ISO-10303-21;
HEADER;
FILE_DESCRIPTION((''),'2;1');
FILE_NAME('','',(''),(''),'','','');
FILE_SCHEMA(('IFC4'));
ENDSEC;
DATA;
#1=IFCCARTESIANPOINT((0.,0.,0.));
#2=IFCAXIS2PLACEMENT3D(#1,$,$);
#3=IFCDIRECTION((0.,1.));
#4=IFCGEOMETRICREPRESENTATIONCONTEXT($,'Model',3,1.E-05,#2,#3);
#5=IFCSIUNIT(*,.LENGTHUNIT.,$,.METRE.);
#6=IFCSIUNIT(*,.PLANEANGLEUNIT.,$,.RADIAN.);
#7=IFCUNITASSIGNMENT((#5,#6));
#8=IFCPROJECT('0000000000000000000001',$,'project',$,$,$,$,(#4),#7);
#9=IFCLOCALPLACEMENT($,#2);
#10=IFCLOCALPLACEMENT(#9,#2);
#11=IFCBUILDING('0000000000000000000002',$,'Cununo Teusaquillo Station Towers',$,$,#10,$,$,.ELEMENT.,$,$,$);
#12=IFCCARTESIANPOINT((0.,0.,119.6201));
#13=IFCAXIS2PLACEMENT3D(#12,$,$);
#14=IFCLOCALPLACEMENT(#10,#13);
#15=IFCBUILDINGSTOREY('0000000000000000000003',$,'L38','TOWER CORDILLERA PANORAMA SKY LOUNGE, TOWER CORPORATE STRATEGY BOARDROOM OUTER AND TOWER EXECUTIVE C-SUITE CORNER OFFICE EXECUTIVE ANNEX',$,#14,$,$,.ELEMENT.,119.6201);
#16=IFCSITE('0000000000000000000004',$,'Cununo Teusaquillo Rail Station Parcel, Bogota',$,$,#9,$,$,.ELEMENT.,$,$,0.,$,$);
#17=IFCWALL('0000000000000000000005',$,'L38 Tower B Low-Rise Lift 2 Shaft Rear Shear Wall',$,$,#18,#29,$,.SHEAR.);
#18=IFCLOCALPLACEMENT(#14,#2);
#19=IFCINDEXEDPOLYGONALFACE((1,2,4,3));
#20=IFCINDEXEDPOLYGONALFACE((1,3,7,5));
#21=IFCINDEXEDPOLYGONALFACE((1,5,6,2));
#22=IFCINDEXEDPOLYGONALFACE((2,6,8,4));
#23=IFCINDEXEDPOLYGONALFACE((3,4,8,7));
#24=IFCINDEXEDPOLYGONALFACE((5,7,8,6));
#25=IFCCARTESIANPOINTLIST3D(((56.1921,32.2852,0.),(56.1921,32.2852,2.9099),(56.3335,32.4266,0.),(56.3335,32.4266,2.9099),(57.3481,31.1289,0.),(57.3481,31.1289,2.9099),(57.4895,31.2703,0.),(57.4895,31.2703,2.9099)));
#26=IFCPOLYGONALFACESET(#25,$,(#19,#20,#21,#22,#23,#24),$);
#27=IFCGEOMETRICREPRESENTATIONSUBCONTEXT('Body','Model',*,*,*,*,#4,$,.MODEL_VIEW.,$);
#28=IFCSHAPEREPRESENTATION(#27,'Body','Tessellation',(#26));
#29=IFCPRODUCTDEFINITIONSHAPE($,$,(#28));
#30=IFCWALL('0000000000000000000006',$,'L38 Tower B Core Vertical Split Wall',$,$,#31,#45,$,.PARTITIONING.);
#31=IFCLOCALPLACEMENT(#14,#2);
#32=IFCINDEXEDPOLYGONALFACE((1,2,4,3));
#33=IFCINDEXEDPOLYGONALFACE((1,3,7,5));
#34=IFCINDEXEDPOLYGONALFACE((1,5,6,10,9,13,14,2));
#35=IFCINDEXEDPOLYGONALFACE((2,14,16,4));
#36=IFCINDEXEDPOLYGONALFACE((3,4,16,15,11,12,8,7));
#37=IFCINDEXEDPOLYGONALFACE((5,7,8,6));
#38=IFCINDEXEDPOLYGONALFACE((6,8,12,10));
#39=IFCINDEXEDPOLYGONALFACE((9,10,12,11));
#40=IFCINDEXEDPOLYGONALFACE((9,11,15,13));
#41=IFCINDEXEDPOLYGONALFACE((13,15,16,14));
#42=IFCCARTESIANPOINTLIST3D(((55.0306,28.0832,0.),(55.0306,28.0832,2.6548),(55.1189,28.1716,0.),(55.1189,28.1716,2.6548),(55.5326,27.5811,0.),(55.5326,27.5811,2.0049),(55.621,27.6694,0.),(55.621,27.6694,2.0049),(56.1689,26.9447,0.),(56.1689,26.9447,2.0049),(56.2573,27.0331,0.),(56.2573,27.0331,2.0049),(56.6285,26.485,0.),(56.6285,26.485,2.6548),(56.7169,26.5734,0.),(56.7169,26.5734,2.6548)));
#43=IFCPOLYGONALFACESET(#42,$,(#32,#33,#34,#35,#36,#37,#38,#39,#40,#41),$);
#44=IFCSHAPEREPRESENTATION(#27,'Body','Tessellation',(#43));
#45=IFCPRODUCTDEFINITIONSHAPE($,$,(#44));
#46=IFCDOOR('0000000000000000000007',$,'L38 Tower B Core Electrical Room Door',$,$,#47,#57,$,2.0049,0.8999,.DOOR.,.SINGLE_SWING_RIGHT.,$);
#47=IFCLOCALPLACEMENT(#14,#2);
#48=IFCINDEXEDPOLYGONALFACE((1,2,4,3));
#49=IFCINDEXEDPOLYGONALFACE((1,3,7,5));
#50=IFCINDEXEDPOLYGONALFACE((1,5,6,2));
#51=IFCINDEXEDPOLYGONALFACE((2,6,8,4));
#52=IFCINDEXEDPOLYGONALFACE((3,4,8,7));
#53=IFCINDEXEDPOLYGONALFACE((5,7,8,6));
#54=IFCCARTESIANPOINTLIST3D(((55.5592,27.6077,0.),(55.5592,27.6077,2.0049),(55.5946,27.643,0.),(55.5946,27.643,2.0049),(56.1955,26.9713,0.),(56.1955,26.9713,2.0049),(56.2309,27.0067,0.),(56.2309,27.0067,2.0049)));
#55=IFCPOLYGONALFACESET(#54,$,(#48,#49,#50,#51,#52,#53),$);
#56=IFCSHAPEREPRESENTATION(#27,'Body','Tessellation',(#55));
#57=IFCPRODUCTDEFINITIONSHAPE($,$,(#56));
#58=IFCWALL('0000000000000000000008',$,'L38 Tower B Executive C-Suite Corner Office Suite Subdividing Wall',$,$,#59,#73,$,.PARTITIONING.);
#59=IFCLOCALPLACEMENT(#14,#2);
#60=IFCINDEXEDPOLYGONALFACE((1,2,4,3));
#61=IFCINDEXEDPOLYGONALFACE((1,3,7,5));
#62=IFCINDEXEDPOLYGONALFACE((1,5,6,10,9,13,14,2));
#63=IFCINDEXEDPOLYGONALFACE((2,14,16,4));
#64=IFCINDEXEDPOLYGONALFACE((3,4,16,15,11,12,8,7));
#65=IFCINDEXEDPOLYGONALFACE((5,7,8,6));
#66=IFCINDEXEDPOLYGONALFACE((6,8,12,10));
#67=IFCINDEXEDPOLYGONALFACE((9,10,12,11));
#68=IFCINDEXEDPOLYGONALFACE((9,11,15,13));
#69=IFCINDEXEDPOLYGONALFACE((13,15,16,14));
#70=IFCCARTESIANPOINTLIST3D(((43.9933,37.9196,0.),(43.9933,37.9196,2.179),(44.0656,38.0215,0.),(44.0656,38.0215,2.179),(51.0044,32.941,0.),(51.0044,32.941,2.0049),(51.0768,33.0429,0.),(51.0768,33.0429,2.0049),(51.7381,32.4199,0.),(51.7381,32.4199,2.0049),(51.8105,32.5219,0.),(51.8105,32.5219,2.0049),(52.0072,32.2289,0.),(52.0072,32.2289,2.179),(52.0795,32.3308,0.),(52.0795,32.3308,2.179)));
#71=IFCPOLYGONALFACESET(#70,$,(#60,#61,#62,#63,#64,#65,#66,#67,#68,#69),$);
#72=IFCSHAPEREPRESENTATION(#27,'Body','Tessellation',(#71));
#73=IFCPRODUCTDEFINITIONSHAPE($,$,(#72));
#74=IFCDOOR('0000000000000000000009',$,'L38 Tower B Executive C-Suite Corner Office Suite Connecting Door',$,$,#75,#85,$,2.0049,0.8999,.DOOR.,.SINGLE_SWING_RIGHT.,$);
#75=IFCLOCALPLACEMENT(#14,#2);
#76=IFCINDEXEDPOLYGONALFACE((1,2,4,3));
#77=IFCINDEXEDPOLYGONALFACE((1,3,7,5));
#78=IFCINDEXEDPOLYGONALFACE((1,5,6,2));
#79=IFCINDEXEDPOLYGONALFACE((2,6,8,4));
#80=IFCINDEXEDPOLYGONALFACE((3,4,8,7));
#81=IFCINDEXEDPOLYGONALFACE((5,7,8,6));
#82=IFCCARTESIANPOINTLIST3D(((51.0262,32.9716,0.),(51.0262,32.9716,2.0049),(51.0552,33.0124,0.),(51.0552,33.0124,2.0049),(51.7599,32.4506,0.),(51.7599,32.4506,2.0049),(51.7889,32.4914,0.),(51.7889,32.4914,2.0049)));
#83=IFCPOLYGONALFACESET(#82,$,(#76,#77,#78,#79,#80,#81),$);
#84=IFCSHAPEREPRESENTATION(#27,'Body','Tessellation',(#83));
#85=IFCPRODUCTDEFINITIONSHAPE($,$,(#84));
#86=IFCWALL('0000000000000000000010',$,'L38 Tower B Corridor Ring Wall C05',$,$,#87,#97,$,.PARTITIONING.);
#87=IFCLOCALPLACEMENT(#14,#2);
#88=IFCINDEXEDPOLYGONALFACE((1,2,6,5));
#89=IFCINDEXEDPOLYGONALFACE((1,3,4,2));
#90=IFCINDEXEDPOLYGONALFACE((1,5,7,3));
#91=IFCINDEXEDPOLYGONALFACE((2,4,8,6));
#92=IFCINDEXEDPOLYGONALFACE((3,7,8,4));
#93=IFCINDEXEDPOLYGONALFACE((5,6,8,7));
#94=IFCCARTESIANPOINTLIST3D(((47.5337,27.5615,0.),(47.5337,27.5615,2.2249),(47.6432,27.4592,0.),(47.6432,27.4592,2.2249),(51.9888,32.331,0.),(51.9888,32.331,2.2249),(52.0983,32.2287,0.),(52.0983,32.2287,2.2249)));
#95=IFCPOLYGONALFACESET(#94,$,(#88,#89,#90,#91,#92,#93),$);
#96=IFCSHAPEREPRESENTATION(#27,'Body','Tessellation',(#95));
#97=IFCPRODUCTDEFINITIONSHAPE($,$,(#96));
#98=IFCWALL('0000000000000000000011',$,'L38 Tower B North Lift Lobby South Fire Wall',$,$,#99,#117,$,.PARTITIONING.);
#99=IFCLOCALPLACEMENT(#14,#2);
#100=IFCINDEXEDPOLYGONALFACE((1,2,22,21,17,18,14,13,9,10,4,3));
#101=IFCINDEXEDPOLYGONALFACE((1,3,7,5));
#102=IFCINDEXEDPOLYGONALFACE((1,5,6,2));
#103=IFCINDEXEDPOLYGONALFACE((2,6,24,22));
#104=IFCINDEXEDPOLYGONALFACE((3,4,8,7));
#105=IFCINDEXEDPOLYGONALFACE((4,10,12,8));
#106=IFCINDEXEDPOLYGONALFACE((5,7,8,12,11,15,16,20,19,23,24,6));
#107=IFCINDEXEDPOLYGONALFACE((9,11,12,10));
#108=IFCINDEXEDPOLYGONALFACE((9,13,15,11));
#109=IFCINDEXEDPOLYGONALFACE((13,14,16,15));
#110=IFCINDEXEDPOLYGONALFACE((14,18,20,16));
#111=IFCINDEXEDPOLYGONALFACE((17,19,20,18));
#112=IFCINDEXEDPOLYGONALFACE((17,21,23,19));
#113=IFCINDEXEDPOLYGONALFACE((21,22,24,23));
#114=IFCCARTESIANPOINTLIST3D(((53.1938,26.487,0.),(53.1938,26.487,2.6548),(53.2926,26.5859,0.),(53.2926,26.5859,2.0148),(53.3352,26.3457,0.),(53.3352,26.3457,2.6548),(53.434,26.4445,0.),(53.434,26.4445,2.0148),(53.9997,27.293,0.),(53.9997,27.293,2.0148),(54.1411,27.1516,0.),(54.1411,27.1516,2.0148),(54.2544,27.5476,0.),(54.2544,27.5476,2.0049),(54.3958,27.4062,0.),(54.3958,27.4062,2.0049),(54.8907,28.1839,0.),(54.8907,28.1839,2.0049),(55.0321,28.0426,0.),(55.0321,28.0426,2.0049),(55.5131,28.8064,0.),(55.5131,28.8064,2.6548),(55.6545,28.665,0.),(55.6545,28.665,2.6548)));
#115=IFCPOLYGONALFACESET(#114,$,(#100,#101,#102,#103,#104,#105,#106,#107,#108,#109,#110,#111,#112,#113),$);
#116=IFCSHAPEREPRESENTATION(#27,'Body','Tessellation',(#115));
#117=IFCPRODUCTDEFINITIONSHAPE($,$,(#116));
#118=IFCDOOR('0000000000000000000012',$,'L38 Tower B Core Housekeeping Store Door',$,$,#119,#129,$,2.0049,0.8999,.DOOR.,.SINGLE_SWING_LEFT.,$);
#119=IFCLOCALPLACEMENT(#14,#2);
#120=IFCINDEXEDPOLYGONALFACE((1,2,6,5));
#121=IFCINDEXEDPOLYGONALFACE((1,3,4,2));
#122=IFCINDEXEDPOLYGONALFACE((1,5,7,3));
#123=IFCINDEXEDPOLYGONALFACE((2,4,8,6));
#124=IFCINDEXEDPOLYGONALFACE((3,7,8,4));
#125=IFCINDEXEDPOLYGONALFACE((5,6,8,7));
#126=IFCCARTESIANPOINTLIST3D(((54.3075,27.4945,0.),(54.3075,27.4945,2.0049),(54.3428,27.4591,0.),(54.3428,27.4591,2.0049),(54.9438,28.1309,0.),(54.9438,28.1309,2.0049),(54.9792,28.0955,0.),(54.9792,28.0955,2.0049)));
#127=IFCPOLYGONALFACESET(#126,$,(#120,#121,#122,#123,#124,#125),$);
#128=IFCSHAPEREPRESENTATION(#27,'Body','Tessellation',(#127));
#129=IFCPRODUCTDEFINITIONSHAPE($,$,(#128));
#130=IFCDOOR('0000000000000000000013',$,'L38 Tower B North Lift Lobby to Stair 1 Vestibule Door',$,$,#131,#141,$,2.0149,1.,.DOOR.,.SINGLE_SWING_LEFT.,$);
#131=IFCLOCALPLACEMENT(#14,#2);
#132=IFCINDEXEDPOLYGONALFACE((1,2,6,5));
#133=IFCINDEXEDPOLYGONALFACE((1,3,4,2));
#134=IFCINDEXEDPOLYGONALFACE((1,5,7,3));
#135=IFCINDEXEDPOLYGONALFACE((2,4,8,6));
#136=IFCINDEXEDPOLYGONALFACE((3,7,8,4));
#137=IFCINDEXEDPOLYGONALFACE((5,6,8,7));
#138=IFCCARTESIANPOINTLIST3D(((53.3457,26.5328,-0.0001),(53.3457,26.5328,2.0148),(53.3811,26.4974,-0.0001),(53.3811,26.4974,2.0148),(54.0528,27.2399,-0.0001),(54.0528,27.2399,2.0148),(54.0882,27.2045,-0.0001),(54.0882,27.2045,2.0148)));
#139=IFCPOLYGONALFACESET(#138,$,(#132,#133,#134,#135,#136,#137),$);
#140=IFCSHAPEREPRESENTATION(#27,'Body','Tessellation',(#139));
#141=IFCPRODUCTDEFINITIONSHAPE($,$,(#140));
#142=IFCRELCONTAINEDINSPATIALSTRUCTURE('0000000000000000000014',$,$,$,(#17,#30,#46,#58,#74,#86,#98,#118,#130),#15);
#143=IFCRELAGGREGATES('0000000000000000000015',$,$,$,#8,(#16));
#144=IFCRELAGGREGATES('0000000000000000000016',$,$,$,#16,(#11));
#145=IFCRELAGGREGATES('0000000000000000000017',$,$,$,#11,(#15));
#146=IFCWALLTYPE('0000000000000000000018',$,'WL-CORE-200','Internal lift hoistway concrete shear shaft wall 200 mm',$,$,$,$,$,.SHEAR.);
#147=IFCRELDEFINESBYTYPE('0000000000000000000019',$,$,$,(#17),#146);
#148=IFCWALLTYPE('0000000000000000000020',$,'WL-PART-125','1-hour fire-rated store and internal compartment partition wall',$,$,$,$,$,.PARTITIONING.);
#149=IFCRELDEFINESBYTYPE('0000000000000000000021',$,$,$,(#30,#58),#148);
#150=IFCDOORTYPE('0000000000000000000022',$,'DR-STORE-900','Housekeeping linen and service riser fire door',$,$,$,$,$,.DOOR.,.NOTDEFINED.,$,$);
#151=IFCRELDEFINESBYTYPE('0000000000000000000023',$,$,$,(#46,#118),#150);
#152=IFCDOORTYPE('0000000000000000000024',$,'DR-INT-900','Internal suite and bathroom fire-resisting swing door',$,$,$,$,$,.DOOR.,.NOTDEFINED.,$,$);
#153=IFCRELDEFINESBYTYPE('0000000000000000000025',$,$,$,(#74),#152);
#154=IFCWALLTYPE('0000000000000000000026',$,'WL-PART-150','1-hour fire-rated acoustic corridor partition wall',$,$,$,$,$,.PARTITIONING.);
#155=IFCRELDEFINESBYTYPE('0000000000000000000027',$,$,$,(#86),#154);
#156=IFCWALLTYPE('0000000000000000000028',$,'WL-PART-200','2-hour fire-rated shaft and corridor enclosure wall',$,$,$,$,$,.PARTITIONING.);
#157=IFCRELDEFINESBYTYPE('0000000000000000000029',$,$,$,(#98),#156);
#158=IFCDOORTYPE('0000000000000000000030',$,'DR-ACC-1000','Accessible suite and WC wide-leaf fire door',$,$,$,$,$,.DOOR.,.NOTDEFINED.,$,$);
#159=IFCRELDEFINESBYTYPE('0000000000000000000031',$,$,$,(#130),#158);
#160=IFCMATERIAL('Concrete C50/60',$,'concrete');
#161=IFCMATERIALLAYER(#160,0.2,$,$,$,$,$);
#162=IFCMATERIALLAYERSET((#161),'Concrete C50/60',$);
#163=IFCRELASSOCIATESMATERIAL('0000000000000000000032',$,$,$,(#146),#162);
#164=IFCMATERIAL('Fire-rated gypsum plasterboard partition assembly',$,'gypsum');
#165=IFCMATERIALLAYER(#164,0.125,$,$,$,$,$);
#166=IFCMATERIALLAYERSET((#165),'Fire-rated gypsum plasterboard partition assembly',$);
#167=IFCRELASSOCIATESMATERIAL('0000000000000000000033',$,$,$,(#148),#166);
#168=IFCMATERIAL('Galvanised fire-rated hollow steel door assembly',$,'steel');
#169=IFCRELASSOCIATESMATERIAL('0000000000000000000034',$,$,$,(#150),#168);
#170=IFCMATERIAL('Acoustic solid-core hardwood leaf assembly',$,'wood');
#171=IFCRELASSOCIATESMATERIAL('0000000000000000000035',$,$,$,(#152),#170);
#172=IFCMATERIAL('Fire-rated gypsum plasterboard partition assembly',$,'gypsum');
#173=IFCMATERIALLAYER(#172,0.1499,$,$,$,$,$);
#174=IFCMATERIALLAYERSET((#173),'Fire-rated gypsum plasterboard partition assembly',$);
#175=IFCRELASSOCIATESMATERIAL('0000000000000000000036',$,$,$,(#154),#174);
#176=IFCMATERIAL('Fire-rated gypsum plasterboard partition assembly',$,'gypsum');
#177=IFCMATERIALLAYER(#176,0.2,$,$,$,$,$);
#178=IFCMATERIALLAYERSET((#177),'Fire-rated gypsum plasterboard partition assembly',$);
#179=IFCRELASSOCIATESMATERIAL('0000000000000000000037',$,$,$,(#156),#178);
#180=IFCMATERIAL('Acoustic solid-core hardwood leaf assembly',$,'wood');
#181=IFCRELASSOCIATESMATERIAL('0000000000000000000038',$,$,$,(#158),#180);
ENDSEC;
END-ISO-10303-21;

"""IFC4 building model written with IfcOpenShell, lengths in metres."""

from ifc_helpers import new_model, si_unit, direction, frame, frame_2d, origin, place, context, subcontext, project, spatial, rectangle, extrude, source, transform, mapped, material, layer, layer_set, type_object, element, fill, save


model = new_model("IFC4")

# Units and contexts
model_context = context("Model", 3, precision=1e-05, world=origin(), true_north=direction((0.0, 1.0)))
body_context = subcontext(model_context, "Body", "Model", "MODEL_VIEW")
ifc_project = project(units=[si_unit("LENGTHUNIT", "METRE"), si_unit("PLANEANGLEUNIT", "RADIAN")], contexts=[model_context])

# Site, building, storey
site_placement = place(None, origin())
site = spatial("IfcSite", under=ifc_project, at=site_placement, Name="Cununo Teusaquillo Rail Station Parcel, Bogota", CompositionType="ELEMENT", RefElevation=0.0)
building_placement = place(site_placement, origin())
building = spatial("IfcBuilding", under=site, at=building_placement, Name="Cununo Teusaquillo Station Towers", CompositionType="ELEMENT")
storey_placement = place(building_placement, frame((0.0, 0.0, 119.6201)))
storey = spatial("IfcBuildingStorey", under=building, at=storey_placement, Name="L38", Description="TOWER CORDILLERA PANORAMA SKY LOUNGE, TOWER CORPORATE STRATEGY BOARDROOM OUTER AND TOWER EXECUTIVE C-SUITE CORNER OFFICE EXECUTIVE ANNEX", CompositionType="ELEMENT", Elevation=119.6201)

# Wall
ifc_material_1 = material(Name="Concrete C50/60", Category="concrete")
ifc_layer_1 = layer(ifc_material_1, 0.2)
ifc_layer_set_1 = layer_set([ifc_layer_1], Name="Concrete C50/60")
wall_type_1 = type_object("IfcWallType", Name="WL-CORE-200", Description="Internal lift hoistway concrete shear shaft wall 200 mm", PredefinedType="SHEAR", material=ifc_layer_set_1)
wall_1_placement = place(storey_placement, frame((57.4187, 31.1997, 0.0), z_axis=(0.0, 0.0, 1.0), x_axis=(-0.707032, 0.707181, 0.0)))
element("IfcWall", 1, at=wall_1_placement, inside=storey, type_object=wall_type_1, Name="L38 Tower B Low-Rise Lift 2 Shaft Rear Shear Wall", PredefinedType="SHEAR", context=body_context, shape_type="SweptSolid", body=[
    extrude(rectangle(XDim=1.635, YDim=0.2, at=frame_2d((0.8174, 0.0))), origin(), (0.0, 0.0, 1.0), 2.9099),
])

# Walls, openings, doors
ifc_material_2 = material(Name="Fire-rated gypsum plasterboard partition assembly", Category="gypsum")
ifc_layer_2 = layer(ifc_material_2, 0.125)
ifc_layer_set_2 = layer_set([ifc_layer_2], Name="Fire-rated gypsum plasterboard partition assembly")
wall_type_2 = type_object("IfcWallType", Name="WL-PART-125", Description="1-hour fire-rated store and internal compartment partition wall", PredefinedType="PARTITIONING", material=ifc_layer_set_2)
wall_2_placement = place(storey_placement, frame((56.6726, 26.5293, 0.0), z_axis=(0.0, 0.0, 1.0), x_axis=(-0.707053, 0.707161, 0.0)))
wall_2 = element("IfcWall", 2, at=wall_2_placement, inside=storey, type_object=wall_type_2, Name="L38 Tower B Core Vertical Split Wall", PredefinedType="PARTITIONING", context=body_context, shape_type="SweptSolid", body=[
    extrude(rectangle(XDim=2.26, YDim=0.125, at=frame_2d((1.1299, 0.0))), origin(), (0.0, 0.0, 1.0), 2.6548),
])
shared_shape_1 = source(origin(), body_context, "Body", "SweptSolid", [
    extrude(rectangle(XDim=0.8999, YDim=2.0049, at=frame_2d((0.45, 1.0024))), frame((0.0, 0.0725, 0.0), z_axis=(0.0, -1.0, 0.0), x_axis=(1.0, 0.0, 0.0)), (0.0, 0.0, 1.0), 0.145),
])
opening_1_placement = place(wall_2_placement, frame((0.6499, 0.0, 0.0)))
opening_1 = element("IfcOpeningElement", 3, at=opening_1_placement, cuts=wall_2, PredefinedType="OPENING", context=body_context, shape_type="MappedRepresentation", body=[
    mapped(shared_shape_1, transform((0.0, 0.0, 0.0), x_axis=(1.0, 0.0, 0.0), y_axis=(0.0, 1.0, 0.0), z_axis=(0.0, 0.0, 1.0), scale=1.0)),
])
ifc_material_3 = material(Name="Galvanised fire-rated hollow steel door assembly", Category="steel")
door_type_1 = type_object("IfcDoorType", Name="DR-STORE-900", Description="Housekeeping linen and service riser fire door", OperationType="NOTDEFINED", PredefinedType="DOOR", material=ifc_material_3)
shared_shape_2 = source(origin(), body_context, "Body", "SweptSolid", [
    extrude(rectangle(XDim=0.8999, YDim=2.0049, at=frame_2d((0.45, 1.0024))), frame((0.0, 0.0249, 0.0), z_axis=(0.0, -1.0, 0.0), x_axis=(1.0, 0.0, 0.0)), (0.0, 0.0, 1.0), 0.05),
])
door_1_placement = place(opening_1_placement, origin())
door_1 = element("IfcDoor", 4, at=door_1_placement, inside=storey, type_object=door_type_1, Name="L38 Tower B Core Electrical Room Door", OperationType="SINGLE_SWING_RIGHT", OverallHeight=2.0049, OverallWidth=0.8999, PredefinedType="DOOR", context=body_context, shape_type="MappedRepresentation", body=[
    mapped(shared_shape_2, transform((0.0, 0.0, 0.0), x_axis=(1.0, 0.0, 0.0), y_axis=(0.0, 1.0, 0.0), z_axis=(0.0, 0.0, 1.0), scale=1.0)),
])
fill(opening_1, door_1)
wall_3_placement = place(storey_placement, frame((52.0435, 32.2798, 0.0), z_axis=(0.0, 0.0, 1.0), x_axis=(-0.815345, 0.578976, 0.0)))
wall_3 = element("IfcWall", 5, at=wall_3_placement, inside=storey, type_object=wall_type_2, Name="L38 Tower B Executive C-Suite Corner Office Suite Subdividing Wall", PredefinedType="PARTITIONING", context=body_context, shape_type="SweptSolid", body=[
    extrude(rectangle(XDim=9.8289, YDim=0.125, at=frame_2d((4.9146, 0.0))), origin(), (0.0, 0.0, 1.0), 2.179),
])
opening_2_placement = place(wall_3_placement, frame((0.3301, 0.0, 0.0)))
opening_2 = element("IfcOpeningElement", 6, at=opening_2_placement, cuts=wall_3, PredefinedType="OPENING", context=body_context, shape_type="MappedRepresentation", body=[
    mapped(shared_shape_1, transform((0.0, 0.0, 0.0), x_axis=(1.0, 0.0, 0.0), y_axis=(0.0, 1.0, 0.0), z_axis=(0.0, 0.0, 1.0), scale=1.0)),
])
ifc_material_4 = material(Name="Acoustic solid-core hardwood leaf assembly", Category="wood")
door_type_2 = type_object("IfcDoorType", Name="DR-INT-900", Description="Internal suite and bathroom fire-resisting swing door", OperationType="NOTDEFINED", PredefinedType="DOOR", material=ifc_material_4)
door_2_placement = place(opening_2_placement, origin())
door_2 = element("IfcDoor", 7, at=door_2_placement, inside=storey, type_object=door_type_2, Name="L38 Tower B Executive C-Suite Corner Office Suite Connecting Door", OperationType="SINGLE_SWING_RIGHT", OverallHeight=2.0049, OverallWidth=0.8999, PredefinedType="DOOR", context=body_context, shape_type="MappedRepresentation", body=[
    mapped(shared_shape_2, transform((0.0, 0.0, 0.0), x_axis=(1.0, 0.0, 0.0), y_axis=(0.0, 1.0, 0.0), z_axis=(0.0, 0.0, 1.0), scale=1.0)),
])
fill(opening_2, door_2)

# Wall
ifc_material_5 = material(Name="Fire-rated gypsum plasterboard partition assembly", Category="gypsum")
ifc_layer_3 = layer(ifc_material_5, 0.1499)
ifc_layer_set_3 = layer_set([ifc_layer_3], Name="Fire-rated gypsum plasterboard partition assembly")
wall_type_3 = type_object("IfcWallType", Name="WL-PART-150", Description="1-hour fire-rated acoustic corridor partition wall", PredefinedType="PARTITIONING", material=ifc_layer_set_3)
wall_4_placement = place(storey_placement, frame((52.0435, 32.2798, 0.0), z_axis=(0.0, 0.0, 1.0), x_axis=(-0.682606, -0.730787, 0.0)))
element("IfcWall", 8, at=wall_4_placement, inside=storey, type_object=wall_type_3, Name="L38 Tower B Corridor Ring Wall C05", PredefinedType="PARTITIONING", context=body_context, shape_type="SweptSolid", body=[
    extrude(rectangle(XDim=6.5266, YDim=0.1499, at=frame_2d((3.2632, 0.0))), origin(), (0.0, 0.0, 1.0), 2.2249),
])

# Wall, openings, doors
ifc_material_6 = material(Name="Fire-rated gypsum plasterboard partition assembly", Category="gypsum")
ifc_layer_4 = layer(ifc_material_6, 0.2)
ifc_layer_set_4 = layer_set([ifc_layer_4], Name="Fire-rated gypsum plasterboard partition assembly")
wall_type_4 = type_object("IfcWallType", Name="WL-PART-200", Description="2-hour fire-rated shaft and corridor enclosure wall", PredefinedType="PARTITIONING", material=ifc_layer_set_4)
wall_5_placement = place(storey_placement, frame((53.2644, 26.4163, 0.0), z_axis=(0.0, 0.0, 1.0), x_axis=(0.707107, 0.707107, 0.0)))
wall_5 = element("IfcWall", 9, at=wall_5_placement, inside=storey, type_object=wall_type_4, Name="L38 Tower B North Lift Lobby South Fire Wall", PredefinedType="PARTITIONING", context=body_context, shape_type="SweptSolid", body=[
    extrude(rectangle(XDim=3.28, YDim=0.2, at=frame_2d((1.6401, 0.0))), origin(), (0.0, 0.0, 1.0), 2.6548),
])
shared_shape_3 = source(origin(), body_context, "Body", "SweptSolid", [
    extrude(rectangle(XDim=1.0, YDim=2.0149, at=frame_2d((0.5, 1.0073))), frame((0.0, 0.1099, 0.0), z_axis=(0.0, -1.0, 0.0), x_axis=(1.0, 0.0, 0.0)), (0.0, 0.0, 1.0), 0.22),
])
opening_3_placement = place(wall_5_placement, frame((0.1399, 0.0, 0.0)))
opening_3 = element("IfcOpeningElement", 10, at=opening_3_placement, cuts=wall_5, PredefinedType="OPENING", context=body_context, shape_type="MappedRepresentation", body=[
    mapped(shared_shape_3, transform((0.0, 0.0, 0.0), x_axis=(1.0, 0.0, 0.0), y_axis=(0.0, 1.0, 0.0), z_axis=(0.0, 0.0, 1.0), scale=1.0)),
])
shared_shape_4 = source(origin(), body_context, "Body", "SweptSolid", [
    extrude(rectangle(XDim=0.8999, YDim=2.0049, at=frame_2d((0.45, 1.0024))), frame((0.0, 0.1099, 0.0), z_axis=(0.0, -1.0, 0.0), x_axis=(1.0, 0.0, 0.0)), (0.0, 0.0, 1.0), 0.22),
])
opening_4_placement = place(wall_5_placement, frame((1.5, 0.0, 0.0)))
opening_4 = element("IfcOpeningElement", 11, at=opening_4_placement, cuts=wall_5, PredefinedType="OPENING", context=body_context, shape_type="MappedRepresentation", body=[
    mapped(shared_shape_4, transform((0.0, 0.0, 0.0), x_axis=(1.0, 0.0, 0.0), y_axis=(0.0, 1.0, 0.0), z_axis=(0.0, 0.0, 1.0), scale=1.0)),
])
door_3_placement = place(opening_4_placement, origin())
door_3 = element("IfcDoor", 12, at=door_3_placement, inside=storey, type_object=door_type_1, Name="L38 Tower B Core Housekeeping Store Door", OperationType="SINGLE_SWING_LEFT", OverallHeight=2.0049, OverallWidth=0.8999, PredefinedType="DOOR", context=body_context, shape_type="MappedRepresentation", body=[
    mapped(shared_shape_2, transform((0.0, 0.0, 0.0), x_axis=(1.0, 0.0, 0.0), y_axis=(0.0, 1.0, 0.0), z_axis=(0.0, 0.0, 1.0), scale=1.0)),
])
fill(opening_4, door_3)
ifc_material_7 = material(Name="Acoustic solid-core hardwood leaf assembly", Category="wood")
door_type_3 = type_object("IfcDoorType", Name="DR-ACC-1000", Description="Accessible suite and WC wide-leaf fire door", OperationType="NOTDEFINED", PredefinedType="DOOR", material=ifc_material_7)
shared_shape_5 = source(origin(), body_context, "Body", "SweptSolid", [
    extrude(rectangle(XDim=1.0, YDim=2.0149, at=frame_2d((0.5, 1.0073))), frame((0.0, 0.0249, 0.0), z_axis=(0.0, -1.0, 0.0), x_axis=(1.0, 0.0, 0.0)), (0.0, 0.0, 1.0), 0.05),
])
door_4_placement = place(opening_3_placement, origin())
door_4 = element("IfcDoor", 13, at=door_4_placement, inside=storey, type_object=door_type_3, Name="L38 Tower B North Lift Lobby to Stair 1 Vestibule Door", OperationType="SINGLE_SWING_LEFT", OverallHeight=2.0149, OverallWidth=1.0, PredefinedType="DOOR", context=body_context, shape_type="MappedRepresentation", body=[
    mapped(shared_shape_5, transform((0.0, 0.0, 0.0), x_axis=(1.0, 0.0, 0.0), y_axis=(0.0, 1.0, 0.0), z_axis=(0.0, 0.0, 1.0), scale=1.0)),
])
fill(opening_3, door_4)

save(model, "model.ifc")
